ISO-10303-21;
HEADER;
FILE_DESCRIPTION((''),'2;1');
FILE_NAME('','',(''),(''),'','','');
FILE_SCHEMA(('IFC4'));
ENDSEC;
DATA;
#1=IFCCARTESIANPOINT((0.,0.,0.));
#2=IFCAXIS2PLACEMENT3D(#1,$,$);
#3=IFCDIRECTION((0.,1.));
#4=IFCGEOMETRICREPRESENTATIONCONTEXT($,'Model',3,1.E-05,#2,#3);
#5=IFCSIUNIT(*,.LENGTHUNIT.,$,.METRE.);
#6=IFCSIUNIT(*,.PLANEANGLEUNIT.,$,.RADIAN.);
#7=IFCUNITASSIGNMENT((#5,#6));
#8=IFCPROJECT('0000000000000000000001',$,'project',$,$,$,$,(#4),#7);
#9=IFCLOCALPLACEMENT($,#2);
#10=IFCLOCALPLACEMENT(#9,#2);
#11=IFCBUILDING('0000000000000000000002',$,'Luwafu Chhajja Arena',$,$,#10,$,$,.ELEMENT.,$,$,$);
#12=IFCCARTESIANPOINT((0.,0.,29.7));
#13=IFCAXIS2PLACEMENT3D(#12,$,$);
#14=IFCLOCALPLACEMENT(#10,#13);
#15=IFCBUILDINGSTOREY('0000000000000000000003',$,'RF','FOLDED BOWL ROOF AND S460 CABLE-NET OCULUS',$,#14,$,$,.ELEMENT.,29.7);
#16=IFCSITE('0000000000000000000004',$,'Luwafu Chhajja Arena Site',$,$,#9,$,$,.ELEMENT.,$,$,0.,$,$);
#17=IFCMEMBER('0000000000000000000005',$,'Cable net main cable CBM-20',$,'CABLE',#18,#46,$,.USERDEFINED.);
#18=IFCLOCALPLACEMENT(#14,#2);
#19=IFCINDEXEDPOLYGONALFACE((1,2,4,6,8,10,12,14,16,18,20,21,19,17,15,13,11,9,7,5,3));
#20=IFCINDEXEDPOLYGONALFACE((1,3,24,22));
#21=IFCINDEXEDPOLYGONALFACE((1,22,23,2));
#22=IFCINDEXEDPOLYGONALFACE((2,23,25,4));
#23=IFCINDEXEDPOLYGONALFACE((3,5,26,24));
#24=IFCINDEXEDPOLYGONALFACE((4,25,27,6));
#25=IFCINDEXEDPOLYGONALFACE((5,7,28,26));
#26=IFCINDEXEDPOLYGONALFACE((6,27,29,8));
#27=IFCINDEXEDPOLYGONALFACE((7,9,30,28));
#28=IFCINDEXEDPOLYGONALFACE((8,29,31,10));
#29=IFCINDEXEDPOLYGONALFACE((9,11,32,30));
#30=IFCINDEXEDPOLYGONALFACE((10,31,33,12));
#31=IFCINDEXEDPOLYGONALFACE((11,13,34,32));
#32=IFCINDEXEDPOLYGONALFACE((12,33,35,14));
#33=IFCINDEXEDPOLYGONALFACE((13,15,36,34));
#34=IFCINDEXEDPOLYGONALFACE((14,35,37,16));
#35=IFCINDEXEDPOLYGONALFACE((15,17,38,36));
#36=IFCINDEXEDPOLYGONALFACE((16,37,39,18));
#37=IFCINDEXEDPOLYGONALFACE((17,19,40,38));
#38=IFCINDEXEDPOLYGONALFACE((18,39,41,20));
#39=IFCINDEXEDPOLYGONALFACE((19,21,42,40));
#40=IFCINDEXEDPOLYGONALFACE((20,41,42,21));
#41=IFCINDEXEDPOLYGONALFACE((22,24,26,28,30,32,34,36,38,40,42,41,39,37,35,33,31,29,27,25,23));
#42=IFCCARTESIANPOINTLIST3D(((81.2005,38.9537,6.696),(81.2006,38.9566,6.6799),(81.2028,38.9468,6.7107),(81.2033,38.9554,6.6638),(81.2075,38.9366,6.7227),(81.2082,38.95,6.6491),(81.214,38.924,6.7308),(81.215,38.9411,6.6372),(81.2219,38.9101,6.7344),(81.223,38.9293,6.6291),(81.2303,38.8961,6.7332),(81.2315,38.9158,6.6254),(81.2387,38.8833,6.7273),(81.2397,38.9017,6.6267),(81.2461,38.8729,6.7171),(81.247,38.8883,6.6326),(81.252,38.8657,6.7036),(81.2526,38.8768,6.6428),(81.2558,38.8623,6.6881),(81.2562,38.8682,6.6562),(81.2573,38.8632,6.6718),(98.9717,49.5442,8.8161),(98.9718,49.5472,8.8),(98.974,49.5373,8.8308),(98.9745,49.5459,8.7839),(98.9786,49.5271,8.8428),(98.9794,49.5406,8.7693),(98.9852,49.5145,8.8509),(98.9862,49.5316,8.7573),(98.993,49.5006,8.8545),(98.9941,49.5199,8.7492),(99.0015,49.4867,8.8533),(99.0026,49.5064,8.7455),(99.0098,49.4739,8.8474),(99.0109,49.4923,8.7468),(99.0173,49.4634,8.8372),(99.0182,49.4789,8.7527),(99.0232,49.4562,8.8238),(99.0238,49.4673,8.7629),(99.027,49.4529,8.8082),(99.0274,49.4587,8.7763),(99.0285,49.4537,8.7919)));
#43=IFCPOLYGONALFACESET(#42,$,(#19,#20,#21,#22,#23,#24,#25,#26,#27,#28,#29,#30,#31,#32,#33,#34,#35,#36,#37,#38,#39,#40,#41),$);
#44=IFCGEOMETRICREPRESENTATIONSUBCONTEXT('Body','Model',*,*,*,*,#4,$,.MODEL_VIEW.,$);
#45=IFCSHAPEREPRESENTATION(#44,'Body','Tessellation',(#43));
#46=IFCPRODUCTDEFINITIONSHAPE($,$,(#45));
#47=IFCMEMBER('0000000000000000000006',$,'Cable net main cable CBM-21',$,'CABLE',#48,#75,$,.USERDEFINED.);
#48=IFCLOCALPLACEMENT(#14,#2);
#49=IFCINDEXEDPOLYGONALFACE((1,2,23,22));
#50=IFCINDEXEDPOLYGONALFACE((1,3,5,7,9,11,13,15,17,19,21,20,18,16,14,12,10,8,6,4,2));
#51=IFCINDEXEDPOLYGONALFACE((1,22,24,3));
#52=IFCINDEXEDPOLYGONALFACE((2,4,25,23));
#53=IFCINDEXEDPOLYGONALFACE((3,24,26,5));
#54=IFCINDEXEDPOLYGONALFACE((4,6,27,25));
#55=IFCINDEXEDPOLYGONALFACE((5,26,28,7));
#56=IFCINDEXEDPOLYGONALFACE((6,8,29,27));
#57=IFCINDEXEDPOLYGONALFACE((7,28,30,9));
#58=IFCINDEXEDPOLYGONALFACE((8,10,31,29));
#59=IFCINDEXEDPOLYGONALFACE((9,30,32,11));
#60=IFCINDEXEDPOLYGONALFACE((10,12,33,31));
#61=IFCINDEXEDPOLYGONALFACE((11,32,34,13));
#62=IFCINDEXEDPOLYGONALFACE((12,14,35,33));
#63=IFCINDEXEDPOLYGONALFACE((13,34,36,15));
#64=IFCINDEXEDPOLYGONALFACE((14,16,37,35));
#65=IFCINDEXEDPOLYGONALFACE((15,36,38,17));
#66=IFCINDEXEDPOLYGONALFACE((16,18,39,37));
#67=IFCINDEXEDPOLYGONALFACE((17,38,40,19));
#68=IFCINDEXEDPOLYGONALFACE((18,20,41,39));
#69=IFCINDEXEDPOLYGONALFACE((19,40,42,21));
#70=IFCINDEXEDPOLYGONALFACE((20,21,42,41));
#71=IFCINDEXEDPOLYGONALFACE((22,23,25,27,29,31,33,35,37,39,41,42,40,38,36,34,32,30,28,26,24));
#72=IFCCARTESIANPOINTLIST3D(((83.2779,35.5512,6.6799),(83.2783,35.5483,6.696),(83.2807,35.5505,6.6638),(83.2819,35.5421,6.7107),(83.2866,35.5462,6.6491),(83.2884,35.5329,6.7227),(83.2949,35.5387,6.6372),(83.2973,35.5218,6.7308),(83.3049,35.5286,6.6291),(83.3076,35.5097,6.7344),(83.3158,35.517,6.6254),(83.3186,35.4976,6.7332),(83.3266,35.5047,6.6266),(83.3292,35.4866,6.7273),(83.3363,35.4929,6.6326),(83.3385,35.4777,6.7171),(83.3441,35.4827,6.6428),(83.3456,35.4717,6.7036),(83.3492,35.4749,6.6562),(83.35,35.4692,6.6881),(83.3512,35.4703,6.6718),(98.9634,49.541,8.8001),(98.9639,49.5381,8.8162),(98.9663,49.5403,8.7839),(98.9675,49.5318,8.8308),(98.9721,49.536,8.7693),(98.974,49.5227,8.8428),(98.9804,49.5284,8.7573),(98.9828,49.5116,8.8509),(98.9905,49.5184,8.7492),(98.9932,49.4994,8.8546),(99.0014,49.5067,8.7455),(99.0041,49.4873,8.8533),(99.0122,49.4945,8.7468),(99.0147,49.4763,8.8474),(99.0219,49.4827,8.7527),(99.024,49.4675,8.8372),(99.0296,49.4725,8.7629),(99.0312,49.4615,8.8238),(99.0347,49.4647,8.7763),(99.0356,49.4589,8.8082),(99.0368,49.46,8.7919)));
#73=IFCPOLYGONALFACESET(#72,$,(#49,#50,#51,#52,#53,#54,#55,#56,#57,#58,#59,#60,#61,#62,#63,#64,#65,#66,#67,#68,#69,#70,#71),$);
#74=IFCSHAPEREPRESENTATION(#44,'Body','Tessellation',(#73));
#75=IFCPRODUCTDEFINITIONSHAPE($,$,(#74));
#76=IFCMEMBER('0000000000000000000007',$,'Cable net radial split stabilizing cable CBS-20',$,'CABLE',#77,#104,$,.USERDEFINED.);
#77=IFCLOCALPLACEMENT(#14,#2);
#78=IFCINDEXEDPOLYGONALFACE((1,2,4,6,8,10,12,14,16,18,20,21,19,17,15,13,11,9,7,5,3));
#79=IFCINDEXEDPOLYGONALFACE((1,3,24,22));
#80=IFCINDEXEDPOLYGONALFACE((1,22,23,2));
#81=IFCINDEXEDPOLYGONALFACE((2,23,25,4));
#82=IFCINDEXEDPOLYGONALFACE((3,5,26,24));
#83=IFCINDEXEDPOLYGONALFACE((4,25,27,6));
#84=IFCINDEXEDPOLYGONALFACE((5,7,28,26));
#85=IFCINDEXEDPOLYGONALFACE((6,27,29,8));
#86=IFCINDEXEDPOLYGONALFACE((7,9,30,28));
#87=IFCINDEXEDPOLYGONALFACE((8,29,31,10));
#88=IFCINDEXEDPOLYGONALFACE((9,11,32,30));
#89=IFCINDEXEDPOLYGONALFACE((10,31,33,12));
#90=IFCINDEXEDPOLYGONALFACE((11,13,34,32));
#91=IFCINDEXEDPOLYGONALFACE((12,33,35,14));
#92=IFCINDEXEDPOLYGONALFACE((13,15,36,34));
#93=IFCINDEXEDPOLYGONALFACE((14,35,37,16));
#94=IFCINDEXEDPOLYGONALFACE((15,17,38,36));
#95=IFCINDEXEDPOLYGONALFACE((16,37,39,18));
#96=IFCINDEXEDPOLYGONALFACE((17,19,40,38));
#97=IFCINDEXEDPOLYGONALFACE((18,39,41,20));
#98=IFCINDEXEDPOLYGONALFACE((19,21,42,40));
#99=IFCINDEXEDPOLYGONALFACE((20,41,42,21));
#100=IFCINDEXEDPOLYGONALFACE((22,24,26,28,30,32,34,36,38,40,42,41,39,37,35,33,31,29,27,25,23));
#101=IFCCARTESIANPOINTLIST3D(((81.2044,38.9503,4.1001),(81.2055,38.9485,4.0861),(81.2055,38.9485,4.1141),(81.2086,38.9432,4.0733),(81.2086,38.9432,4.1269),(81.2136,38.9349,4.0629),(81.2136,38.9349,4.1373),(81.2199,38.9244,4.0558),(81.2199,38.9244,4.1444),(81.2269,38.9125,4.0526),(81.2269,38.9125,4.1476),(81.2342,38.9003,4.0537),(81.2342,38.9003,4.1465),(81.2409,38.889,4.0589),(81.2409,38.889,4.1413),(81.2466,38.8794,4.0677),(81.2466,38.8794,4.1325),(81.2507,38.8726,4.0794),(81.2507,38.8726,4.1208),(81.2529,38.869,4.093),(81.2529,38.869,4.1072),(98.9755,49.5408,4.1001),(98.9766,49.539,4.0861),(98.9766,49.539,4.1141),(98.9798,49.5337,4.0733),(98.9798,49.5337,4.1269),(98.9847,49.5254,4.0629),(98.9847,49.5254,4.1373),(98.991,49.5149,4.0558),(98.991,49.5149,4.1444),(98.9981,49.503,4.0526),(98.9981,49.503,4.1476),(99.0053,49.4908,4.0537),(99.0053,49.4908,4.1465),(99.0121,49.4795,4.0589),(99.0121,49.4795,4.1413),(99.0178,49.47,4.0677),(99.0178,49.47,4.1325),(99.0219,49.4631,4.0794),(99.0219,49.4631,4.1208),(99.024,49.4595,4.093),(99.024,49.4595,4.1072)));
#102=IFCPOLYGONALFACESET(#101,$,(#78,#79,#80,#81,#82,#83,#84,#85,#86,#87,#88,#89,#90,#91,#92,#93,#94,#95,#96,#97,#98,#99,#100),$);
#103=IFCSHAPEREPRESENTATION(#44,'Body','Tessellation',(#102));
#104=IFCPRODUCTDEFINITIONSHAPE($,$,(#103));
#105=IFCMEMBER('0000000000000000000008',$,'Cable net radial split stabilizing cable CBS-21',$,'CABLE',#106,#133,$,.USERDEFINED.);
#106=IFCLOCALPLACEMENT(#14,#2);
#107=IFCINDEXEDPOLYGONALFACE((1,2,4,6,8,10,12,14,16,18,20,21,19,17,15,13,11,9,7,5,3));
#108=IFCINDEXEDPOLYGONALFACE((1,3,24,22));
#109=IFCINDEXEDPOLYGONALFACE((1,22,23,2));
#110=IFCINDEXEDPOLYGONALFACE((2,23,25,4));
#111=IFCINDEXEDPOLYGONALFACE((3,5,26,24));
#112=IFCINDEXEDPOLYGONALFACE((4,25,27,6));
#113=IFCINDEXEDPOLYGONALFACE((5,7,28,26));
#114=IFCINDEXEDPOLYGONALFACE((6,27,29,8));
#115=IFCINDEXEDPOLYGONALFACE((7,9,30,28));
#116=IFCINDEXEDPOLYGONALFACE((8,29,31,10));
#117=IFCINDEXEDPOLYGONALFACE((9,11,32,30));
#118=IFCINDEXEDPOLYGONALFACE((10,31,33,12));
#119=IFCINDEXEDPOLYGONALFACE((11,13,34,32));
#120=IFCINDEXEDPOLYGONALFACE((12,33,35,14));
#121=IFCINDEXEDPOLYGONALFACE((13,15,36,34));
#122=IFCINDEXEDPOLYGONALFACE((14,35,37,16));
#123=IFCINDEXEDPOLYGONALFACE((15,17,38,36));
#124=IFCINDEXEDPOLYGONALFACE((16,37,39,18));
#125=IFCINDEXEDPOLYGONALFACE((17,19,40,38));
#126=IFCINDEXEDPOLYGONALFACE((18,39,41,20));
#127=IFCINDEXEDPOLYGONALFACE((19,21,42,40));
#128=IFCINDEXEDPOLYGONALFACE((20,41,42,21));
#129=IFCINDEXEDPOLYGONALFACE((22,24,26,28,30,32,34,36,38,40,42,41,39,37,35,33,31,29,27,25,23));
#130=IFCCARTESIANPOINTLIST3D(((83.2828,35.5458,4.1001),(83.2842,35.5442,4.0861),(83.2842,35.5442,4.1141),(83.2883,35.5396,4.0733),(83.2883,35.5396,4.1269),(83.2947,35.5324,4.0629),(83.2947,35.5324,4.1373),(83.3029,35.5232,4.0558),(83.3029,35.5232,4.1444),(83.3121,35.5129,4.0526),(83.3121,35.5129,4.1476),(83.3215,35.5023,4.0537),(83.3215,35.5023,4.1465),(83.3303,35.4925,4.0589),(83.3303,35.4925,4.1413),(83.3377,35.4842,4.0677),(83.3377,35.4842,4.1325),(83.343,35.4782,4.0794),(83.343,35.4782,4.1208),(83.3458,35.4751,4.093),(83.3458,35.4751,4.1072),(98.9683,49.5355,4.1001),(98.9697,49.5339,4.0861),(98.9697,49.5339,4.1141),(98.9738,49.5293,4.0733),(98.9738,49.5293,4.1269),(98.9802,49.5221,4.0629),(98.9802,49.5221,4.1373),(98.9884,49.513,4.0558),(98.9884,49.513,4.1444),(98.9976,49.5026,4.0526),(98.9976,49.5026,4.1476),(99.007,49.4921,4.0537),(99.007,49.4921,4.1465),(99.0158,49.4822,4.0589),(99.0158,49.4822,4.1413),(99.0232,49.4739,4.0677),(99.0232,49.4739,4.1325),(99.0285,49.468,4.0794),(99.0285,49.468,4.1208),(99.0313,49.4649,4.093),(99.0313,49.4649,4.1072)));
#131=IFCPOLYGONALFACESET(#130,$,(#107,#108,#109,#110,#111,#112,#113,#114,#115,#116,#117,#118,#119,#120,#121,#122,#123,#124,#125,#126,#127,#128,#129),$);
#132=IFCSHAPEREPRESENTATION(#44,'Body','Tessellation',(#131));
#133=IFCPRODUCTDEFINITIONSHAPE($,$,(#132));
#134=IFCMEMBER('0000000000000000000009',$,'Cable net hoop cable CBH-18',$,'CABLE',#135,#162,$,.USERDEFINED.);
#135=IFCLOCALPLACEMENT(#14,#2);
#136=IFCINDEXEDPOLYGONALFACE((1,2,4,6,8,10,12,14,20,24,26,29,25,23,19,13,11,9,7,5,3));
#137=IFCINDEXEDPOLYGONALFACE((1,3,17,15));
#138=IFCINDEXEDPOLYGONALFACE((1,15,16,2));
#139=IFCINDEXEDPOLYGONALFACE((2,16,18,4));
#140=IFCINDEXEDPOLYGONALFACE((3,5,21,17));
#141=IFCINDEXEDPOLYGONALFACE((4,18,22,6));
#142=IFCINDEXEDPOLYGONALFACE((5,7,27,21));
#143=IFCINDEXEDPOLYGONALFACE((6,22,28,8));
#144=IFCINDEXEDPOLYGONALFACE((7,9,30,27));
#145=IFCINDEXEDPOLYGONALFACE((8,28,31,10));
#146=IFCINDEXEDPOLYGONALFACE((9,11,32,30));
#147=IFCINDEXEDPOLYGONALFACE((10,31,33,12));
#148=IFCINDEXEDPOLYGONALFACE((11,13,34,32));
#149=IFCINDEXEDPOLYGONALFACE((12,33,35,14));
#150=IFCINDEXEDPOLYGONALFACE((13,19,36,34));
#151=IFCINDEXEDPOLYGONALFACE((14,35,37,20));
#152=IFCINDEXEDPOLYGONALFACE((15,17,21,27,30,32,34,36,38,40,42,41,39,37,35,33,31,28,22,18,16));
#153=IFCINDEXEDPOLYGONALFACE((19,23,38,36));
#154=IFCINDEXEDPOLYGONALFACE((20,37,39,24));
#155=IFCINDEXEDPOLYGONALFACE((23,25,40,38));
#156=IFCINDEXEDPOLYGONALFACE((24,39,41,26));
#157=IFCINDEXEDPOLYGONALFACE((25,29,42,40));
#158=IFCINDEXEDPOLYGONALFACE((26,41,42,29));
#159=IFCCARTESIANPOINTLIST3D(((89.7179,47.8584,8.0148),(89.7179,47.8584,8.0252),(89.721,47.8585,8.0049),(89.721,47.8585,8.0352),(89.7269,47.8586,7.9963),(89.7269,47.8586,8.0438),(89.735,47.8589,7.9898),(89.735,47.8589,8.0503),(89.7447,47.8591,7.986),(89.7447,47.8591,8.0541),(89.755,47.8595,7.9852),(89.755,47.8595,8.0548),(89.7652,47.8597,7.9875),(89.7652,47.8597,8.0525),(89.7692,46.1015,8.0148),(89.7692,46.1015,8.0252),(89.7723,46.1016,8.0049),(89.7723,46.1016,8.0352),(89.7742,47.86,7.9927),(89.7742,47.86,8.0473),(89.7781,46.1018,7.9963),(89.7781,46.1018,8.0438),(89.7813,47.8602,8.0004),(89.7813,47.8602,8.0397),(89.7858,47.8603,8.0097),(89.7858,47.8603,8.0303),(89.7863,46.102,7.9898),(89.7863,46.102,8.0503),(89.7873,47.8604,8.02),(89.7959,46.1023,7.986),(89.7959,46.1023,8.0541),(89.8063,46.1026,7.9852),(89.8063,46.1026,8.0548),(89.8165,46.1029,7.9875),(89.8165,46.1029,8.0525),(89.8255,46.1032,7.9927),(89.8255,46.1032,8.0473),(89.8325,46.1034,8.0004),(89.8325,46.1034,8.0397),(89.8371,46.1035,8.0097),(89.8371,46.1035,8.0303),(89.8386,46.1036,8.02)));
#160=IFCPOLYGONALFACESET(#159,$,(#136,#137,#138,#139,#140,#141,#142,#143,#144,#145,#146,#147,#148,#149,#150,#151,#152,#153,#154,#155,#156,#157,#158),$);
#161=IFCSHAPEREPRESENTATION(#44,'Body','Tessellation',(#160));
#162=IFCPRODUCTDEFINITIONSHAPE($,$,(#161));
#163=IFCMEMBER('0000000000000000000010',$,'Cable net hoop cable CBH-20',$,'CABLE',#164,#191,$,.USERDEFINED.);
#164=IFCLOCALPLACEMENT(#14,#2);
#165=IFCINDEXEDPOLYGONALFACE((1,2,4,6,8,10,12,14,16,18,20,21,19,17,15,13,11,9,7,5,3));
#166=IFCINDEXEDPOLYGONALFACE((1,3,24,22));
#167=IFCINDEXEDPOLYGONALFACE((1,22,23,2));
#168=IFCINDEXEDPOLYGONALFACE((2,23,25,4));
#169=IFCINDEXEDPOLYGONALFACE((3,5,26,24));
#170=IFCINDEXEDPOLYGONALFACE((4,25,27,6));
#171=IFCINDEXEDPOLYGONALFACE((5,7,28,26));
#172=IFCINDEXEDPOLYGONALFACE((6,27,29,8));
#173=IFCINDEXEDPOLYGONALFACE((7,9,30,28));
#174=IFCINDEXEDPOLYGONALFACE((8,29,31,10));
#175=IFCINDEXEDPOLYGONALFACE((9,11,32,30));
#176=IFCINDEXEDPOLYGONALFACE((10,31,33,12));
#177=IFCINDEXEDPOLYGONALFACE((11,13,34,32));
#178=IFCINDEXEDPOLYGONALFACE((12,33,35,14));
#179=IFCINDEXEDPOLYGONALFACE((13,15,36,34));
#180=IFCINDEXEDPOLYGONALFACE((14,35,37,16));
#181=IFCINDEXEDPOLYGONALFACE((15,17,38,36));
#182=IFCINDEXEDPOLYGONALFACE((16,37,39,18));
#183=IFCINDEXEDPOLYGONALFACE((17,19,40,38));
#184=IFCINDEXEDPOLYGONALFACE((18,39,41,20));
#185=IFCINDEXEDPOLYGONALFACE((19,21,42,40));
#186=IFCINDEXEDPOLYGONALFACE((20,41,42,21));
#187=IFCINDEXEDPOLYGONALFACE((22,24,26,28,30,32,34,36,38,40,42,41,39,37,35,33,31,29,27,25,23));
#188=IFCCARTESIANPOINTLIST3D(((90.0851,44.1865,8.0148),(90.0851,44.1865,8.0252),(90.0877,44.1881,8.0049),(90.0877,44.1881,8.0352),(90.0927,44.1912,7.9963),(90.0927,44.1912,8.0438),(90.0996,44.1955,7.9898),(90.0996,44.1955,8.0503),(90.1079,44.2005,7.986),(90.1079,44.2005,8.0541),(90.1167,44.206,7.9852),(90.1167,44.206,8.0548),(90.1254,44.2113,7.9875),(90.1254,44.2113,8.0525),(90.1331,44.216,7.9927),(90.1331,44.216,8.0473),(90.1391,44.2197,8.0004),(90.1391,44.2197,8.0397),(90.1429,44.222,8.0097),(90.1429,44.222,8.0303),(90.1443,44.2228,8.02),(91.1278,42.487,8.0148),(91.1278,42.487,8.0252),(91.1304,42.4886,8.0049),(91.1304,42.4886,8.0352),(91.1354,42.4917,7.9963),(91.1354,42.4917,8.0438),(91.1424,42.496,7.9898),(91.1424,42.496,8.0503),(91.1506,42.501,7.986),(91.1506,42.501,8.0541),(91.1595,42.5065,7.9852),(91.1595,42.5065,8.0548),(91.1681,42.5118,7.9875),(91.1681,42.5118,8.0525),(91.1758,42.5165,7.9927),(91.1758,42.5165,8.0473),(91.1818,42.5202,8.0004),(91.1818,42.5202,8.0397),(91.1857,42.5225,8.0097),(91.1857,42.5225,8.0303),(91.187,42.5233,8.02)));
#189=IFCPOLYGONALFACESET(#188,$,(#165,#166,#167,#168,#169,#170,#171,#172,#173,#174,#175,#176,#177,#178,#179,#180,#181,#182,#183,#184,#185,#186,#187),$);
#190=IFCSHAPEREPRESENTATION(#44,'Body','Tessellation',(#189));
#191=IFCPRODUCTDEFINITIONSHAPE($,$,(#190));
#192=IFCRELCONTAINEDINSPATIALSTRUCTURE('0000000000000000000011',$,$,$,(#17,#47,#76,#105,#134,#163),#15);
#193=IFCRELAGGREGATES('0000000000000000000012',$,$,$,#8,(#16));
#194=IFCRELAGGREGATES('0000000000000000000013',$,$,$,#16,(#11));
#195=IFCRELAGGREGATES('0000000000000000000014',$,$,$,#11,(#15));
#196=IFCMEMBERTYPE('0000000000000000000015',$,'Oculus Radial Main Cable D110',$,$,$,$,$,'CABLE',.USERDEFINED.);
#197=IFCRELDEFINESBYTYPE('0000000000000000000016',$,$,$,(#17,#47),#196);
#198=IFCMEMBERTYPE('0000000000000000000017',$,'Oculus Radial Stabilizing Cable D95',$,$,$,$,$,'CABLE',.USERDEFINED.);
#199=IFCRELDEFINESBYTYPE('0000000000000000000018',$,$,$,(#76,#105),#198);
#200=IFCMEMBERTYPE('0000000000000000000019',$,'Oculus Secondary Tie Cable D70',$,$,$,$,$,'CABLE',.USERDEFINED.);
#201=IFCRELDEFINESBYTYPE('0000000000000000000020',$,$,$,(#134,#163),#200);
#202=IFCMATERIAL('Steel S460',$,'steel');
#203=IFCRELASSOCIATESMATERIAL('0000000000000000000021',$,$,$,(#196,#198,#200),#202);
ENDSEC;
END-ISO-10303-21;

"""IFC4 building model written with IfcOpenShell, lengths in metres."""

from ifc_helpers import new_model, si_unit, direction, frame, origin, origin_2d, place, context, subcontext, project, spatial, circle, extrude, material, material_profile, profile_set, type_object, element, save


model = new_model("IFC4")

# Units and contexts
model_context = context("Model", 3, precision=1e-05, world=origin(), true_north=direction((0.0, 1.0)))
body_context = subcontext(model_context, "Body", "Model", "MODEL_VIEW")
ifc_project = project(units=[si_unit("LENGTHUNIT", "METRE"), si_unit("PLANEANGLEUNIT", "RADIAN")], contexts=[model_context])

# Site, building, storey
site_placement = place(None, origin())
site = spatial("IfcSite", under=ifc_project, at=site_placement, Name="Luwafu Chhajja Arena Site", CompositionType="ELEMENT", RefElevation=0.0)
building_placement = place(site_placement, origin())
building = spatial("IfcBuilding", under=site, at=building_placement, Name="Luwafu Chhajja Arena", CompositionType="ELEMENT")
storey_placement = place(building_placement, frame((0.0, 0.0, 29.7)))
storey = spatial("IfcBuildingStorey", under=building, at=storey_placement, Name="RF", Description="FOLDED BOWL ROOF AND S460 CABLE-NET OCULUS", CompositionType="ELEMENT", Elevation=29.7)

# Members
ifc_material_1 = material(Name="Steel S460", Category="steel")
ifc_material_profile_1 = material_profile(ifc_material_1, circle(Radius=0.0549, at=origin_2d()), Name="CABLE D110")
ifc_profile_set_1 = profile_set([ifc_material_profile_1], Name="Steel S460")
member_type_1 = type_object("IfcMemberType", Name="Oculus Radial Main Cable D110", ElementType="CABLE", PredefinedType="USERDEFINED", material=ifc_profile_set_1)
member_1_placement = place(storey_placement, frame((81.2288, 38.9094, 6.6799), z_axis=(0.854552, 0.509261, 0.101948), x_axis=(-0.511928, 0.859028, 0.0)))
element("IfcMember", 1, at=member_1_placement, inside=storey, type_object=member_type_1, Name="Cable net main cable CBM-20", ObjectType="CABLE", PredefinedType="USERDEFINED", context=body_context, shape_type="SweptSolid", body=[
    extrude(circle(Radius=0.0549, at=origin_2d()), origin(), (0.0, 0.0, 1.0), 20.7959),
])
member_2_placement = place(storey_placement, frame((83.3145, 35.5103, 6.6799), z_axis=(0.742529, 0.662252, 0.100363), x_axis=(-0.665613, 0.746297, 0.0)))
element("IfcMember", 2, at=member_2_placement, inside=storey, type_object=member_type_1, Name="Cable net main cable CBM-21", ObjectType="CABLE", PredefinedType="USERDEFINED", context=body_context, shape_type="SweptSolid", body=[
    extrude(circle(Radius=0.0549, at=origin_2d()), origin(), (0.0, 0.0, 1.0), 21.1245),
])
ifc_material_profile_2 = material_profile(ifc_material_1, circle(Radius=0.0476, at=origin_2d()), Name="CABLE D95")
ifc_profile_set_2 = profile_set([ifc_material_profile_2], Name="Steel S460")
member_type_2 = type_object("IfcMemberType", Name="Oculus Radial Stabilizing Cable D95", ElementType="CABLE", PredefinedType="USERDEFINED", material=ifc_profile_set_2)
member_3_placement = place(storey_placement, frame((81.2288, 38.9094, 4.1001), z_axis=(0.859028, 0.511928, 0.0), x_axis=(-0.511928, 0.859028, 0.0)))
element("IfcMember", 3, at=member_3_placement, inside=storey, type_object=member_type_2, Name="Cable net radial split stabilizing cable CBS-20", ObjectType="CABLE", PredefinedType="USERDEFINED", context=body_context, shape_type="SweptSolid", body=[
    extrude(circle(Radius=0.0476, at=origin_2d()), origin(), (0.0, 0.0, 1.0), 20.6875),
])
member_4_placement = place(storey_placement, frame((83.3145, 35.5103, 4.1001), z_axis=(0.746297, 0.665613, 0.0), x_axis=(-0.665613, 0.746297, 0.0)))
element("IfcMember", 4, at=member_4_placement, inside=storey, type_object=member_type_2, Name="Cable net radial split stabilizing cable CBS-21", ObjectType="CABLE", PredefinedType="USERDEFINED", context=body_context, shape_type="SweptSolid", body=[
    extrude(circle(Radius=0.0476, at=origin_2d()), origin(), (0.0, 0.0, 1.0), 21.0178),
])
ifc_material_profile_3 = material_profile(ifc_material_1, circle(Radius=0.0349, at=origin_2d()), Name="CABLE D70")
ifc_profile_set_3 = profile_set([ifc_material_profile_3], Name="Steel S460")
member_type_3 = type_object("IfcMemberType", Name="Oculus Secondary Tie Cable D70", ElementType="CABLE", PredefinedType="USERDEFINED", material=ifc_profile_set_3)
member_5_placement = place(storey_placement, frame((89.7524, 47.8594, 8.02), z_axis=(0.02917, -0.999574, 0.0), x_axis=(0.999574, 0.02917, 0.0)))
element("IfcMember", 5, at=member_5_placement, inside=storey, type_object=member_type_3, Name="Cable net hoop cable CBH-18", ObjectType="CABLE", PredefinedType="USERDEFINED", context=body_context, shape_type="SweptSolid", body=[
    extrude(circle(Radius=0.0349, at=origin_2d()), origin(), (0.0, 0.0, 1.0), 1.7576),
])
member_6_placement = place(storey_placement, frame((90.1145, 44.2046, 8.02), z_axis=(0.52297, -0.852351, 0.0), x_axis=(0.852351, 0.52297, 0.0)))
element("IfcMember", 6, at=member_6_placement, inside=storey, type_object=member_type_3, Name="Cable net hoop cable CBH-20", ObjectType="CABLE", PredefinedType="USERDEFINED", context=body_context, shape_type="SweptSolid", body=[
    extrude(circle(Radius=0.0349, at=origin_2d()), origin(), (0.0, 0.0, 1.0), 1.9939),
])

save(model, "model.ifc")
